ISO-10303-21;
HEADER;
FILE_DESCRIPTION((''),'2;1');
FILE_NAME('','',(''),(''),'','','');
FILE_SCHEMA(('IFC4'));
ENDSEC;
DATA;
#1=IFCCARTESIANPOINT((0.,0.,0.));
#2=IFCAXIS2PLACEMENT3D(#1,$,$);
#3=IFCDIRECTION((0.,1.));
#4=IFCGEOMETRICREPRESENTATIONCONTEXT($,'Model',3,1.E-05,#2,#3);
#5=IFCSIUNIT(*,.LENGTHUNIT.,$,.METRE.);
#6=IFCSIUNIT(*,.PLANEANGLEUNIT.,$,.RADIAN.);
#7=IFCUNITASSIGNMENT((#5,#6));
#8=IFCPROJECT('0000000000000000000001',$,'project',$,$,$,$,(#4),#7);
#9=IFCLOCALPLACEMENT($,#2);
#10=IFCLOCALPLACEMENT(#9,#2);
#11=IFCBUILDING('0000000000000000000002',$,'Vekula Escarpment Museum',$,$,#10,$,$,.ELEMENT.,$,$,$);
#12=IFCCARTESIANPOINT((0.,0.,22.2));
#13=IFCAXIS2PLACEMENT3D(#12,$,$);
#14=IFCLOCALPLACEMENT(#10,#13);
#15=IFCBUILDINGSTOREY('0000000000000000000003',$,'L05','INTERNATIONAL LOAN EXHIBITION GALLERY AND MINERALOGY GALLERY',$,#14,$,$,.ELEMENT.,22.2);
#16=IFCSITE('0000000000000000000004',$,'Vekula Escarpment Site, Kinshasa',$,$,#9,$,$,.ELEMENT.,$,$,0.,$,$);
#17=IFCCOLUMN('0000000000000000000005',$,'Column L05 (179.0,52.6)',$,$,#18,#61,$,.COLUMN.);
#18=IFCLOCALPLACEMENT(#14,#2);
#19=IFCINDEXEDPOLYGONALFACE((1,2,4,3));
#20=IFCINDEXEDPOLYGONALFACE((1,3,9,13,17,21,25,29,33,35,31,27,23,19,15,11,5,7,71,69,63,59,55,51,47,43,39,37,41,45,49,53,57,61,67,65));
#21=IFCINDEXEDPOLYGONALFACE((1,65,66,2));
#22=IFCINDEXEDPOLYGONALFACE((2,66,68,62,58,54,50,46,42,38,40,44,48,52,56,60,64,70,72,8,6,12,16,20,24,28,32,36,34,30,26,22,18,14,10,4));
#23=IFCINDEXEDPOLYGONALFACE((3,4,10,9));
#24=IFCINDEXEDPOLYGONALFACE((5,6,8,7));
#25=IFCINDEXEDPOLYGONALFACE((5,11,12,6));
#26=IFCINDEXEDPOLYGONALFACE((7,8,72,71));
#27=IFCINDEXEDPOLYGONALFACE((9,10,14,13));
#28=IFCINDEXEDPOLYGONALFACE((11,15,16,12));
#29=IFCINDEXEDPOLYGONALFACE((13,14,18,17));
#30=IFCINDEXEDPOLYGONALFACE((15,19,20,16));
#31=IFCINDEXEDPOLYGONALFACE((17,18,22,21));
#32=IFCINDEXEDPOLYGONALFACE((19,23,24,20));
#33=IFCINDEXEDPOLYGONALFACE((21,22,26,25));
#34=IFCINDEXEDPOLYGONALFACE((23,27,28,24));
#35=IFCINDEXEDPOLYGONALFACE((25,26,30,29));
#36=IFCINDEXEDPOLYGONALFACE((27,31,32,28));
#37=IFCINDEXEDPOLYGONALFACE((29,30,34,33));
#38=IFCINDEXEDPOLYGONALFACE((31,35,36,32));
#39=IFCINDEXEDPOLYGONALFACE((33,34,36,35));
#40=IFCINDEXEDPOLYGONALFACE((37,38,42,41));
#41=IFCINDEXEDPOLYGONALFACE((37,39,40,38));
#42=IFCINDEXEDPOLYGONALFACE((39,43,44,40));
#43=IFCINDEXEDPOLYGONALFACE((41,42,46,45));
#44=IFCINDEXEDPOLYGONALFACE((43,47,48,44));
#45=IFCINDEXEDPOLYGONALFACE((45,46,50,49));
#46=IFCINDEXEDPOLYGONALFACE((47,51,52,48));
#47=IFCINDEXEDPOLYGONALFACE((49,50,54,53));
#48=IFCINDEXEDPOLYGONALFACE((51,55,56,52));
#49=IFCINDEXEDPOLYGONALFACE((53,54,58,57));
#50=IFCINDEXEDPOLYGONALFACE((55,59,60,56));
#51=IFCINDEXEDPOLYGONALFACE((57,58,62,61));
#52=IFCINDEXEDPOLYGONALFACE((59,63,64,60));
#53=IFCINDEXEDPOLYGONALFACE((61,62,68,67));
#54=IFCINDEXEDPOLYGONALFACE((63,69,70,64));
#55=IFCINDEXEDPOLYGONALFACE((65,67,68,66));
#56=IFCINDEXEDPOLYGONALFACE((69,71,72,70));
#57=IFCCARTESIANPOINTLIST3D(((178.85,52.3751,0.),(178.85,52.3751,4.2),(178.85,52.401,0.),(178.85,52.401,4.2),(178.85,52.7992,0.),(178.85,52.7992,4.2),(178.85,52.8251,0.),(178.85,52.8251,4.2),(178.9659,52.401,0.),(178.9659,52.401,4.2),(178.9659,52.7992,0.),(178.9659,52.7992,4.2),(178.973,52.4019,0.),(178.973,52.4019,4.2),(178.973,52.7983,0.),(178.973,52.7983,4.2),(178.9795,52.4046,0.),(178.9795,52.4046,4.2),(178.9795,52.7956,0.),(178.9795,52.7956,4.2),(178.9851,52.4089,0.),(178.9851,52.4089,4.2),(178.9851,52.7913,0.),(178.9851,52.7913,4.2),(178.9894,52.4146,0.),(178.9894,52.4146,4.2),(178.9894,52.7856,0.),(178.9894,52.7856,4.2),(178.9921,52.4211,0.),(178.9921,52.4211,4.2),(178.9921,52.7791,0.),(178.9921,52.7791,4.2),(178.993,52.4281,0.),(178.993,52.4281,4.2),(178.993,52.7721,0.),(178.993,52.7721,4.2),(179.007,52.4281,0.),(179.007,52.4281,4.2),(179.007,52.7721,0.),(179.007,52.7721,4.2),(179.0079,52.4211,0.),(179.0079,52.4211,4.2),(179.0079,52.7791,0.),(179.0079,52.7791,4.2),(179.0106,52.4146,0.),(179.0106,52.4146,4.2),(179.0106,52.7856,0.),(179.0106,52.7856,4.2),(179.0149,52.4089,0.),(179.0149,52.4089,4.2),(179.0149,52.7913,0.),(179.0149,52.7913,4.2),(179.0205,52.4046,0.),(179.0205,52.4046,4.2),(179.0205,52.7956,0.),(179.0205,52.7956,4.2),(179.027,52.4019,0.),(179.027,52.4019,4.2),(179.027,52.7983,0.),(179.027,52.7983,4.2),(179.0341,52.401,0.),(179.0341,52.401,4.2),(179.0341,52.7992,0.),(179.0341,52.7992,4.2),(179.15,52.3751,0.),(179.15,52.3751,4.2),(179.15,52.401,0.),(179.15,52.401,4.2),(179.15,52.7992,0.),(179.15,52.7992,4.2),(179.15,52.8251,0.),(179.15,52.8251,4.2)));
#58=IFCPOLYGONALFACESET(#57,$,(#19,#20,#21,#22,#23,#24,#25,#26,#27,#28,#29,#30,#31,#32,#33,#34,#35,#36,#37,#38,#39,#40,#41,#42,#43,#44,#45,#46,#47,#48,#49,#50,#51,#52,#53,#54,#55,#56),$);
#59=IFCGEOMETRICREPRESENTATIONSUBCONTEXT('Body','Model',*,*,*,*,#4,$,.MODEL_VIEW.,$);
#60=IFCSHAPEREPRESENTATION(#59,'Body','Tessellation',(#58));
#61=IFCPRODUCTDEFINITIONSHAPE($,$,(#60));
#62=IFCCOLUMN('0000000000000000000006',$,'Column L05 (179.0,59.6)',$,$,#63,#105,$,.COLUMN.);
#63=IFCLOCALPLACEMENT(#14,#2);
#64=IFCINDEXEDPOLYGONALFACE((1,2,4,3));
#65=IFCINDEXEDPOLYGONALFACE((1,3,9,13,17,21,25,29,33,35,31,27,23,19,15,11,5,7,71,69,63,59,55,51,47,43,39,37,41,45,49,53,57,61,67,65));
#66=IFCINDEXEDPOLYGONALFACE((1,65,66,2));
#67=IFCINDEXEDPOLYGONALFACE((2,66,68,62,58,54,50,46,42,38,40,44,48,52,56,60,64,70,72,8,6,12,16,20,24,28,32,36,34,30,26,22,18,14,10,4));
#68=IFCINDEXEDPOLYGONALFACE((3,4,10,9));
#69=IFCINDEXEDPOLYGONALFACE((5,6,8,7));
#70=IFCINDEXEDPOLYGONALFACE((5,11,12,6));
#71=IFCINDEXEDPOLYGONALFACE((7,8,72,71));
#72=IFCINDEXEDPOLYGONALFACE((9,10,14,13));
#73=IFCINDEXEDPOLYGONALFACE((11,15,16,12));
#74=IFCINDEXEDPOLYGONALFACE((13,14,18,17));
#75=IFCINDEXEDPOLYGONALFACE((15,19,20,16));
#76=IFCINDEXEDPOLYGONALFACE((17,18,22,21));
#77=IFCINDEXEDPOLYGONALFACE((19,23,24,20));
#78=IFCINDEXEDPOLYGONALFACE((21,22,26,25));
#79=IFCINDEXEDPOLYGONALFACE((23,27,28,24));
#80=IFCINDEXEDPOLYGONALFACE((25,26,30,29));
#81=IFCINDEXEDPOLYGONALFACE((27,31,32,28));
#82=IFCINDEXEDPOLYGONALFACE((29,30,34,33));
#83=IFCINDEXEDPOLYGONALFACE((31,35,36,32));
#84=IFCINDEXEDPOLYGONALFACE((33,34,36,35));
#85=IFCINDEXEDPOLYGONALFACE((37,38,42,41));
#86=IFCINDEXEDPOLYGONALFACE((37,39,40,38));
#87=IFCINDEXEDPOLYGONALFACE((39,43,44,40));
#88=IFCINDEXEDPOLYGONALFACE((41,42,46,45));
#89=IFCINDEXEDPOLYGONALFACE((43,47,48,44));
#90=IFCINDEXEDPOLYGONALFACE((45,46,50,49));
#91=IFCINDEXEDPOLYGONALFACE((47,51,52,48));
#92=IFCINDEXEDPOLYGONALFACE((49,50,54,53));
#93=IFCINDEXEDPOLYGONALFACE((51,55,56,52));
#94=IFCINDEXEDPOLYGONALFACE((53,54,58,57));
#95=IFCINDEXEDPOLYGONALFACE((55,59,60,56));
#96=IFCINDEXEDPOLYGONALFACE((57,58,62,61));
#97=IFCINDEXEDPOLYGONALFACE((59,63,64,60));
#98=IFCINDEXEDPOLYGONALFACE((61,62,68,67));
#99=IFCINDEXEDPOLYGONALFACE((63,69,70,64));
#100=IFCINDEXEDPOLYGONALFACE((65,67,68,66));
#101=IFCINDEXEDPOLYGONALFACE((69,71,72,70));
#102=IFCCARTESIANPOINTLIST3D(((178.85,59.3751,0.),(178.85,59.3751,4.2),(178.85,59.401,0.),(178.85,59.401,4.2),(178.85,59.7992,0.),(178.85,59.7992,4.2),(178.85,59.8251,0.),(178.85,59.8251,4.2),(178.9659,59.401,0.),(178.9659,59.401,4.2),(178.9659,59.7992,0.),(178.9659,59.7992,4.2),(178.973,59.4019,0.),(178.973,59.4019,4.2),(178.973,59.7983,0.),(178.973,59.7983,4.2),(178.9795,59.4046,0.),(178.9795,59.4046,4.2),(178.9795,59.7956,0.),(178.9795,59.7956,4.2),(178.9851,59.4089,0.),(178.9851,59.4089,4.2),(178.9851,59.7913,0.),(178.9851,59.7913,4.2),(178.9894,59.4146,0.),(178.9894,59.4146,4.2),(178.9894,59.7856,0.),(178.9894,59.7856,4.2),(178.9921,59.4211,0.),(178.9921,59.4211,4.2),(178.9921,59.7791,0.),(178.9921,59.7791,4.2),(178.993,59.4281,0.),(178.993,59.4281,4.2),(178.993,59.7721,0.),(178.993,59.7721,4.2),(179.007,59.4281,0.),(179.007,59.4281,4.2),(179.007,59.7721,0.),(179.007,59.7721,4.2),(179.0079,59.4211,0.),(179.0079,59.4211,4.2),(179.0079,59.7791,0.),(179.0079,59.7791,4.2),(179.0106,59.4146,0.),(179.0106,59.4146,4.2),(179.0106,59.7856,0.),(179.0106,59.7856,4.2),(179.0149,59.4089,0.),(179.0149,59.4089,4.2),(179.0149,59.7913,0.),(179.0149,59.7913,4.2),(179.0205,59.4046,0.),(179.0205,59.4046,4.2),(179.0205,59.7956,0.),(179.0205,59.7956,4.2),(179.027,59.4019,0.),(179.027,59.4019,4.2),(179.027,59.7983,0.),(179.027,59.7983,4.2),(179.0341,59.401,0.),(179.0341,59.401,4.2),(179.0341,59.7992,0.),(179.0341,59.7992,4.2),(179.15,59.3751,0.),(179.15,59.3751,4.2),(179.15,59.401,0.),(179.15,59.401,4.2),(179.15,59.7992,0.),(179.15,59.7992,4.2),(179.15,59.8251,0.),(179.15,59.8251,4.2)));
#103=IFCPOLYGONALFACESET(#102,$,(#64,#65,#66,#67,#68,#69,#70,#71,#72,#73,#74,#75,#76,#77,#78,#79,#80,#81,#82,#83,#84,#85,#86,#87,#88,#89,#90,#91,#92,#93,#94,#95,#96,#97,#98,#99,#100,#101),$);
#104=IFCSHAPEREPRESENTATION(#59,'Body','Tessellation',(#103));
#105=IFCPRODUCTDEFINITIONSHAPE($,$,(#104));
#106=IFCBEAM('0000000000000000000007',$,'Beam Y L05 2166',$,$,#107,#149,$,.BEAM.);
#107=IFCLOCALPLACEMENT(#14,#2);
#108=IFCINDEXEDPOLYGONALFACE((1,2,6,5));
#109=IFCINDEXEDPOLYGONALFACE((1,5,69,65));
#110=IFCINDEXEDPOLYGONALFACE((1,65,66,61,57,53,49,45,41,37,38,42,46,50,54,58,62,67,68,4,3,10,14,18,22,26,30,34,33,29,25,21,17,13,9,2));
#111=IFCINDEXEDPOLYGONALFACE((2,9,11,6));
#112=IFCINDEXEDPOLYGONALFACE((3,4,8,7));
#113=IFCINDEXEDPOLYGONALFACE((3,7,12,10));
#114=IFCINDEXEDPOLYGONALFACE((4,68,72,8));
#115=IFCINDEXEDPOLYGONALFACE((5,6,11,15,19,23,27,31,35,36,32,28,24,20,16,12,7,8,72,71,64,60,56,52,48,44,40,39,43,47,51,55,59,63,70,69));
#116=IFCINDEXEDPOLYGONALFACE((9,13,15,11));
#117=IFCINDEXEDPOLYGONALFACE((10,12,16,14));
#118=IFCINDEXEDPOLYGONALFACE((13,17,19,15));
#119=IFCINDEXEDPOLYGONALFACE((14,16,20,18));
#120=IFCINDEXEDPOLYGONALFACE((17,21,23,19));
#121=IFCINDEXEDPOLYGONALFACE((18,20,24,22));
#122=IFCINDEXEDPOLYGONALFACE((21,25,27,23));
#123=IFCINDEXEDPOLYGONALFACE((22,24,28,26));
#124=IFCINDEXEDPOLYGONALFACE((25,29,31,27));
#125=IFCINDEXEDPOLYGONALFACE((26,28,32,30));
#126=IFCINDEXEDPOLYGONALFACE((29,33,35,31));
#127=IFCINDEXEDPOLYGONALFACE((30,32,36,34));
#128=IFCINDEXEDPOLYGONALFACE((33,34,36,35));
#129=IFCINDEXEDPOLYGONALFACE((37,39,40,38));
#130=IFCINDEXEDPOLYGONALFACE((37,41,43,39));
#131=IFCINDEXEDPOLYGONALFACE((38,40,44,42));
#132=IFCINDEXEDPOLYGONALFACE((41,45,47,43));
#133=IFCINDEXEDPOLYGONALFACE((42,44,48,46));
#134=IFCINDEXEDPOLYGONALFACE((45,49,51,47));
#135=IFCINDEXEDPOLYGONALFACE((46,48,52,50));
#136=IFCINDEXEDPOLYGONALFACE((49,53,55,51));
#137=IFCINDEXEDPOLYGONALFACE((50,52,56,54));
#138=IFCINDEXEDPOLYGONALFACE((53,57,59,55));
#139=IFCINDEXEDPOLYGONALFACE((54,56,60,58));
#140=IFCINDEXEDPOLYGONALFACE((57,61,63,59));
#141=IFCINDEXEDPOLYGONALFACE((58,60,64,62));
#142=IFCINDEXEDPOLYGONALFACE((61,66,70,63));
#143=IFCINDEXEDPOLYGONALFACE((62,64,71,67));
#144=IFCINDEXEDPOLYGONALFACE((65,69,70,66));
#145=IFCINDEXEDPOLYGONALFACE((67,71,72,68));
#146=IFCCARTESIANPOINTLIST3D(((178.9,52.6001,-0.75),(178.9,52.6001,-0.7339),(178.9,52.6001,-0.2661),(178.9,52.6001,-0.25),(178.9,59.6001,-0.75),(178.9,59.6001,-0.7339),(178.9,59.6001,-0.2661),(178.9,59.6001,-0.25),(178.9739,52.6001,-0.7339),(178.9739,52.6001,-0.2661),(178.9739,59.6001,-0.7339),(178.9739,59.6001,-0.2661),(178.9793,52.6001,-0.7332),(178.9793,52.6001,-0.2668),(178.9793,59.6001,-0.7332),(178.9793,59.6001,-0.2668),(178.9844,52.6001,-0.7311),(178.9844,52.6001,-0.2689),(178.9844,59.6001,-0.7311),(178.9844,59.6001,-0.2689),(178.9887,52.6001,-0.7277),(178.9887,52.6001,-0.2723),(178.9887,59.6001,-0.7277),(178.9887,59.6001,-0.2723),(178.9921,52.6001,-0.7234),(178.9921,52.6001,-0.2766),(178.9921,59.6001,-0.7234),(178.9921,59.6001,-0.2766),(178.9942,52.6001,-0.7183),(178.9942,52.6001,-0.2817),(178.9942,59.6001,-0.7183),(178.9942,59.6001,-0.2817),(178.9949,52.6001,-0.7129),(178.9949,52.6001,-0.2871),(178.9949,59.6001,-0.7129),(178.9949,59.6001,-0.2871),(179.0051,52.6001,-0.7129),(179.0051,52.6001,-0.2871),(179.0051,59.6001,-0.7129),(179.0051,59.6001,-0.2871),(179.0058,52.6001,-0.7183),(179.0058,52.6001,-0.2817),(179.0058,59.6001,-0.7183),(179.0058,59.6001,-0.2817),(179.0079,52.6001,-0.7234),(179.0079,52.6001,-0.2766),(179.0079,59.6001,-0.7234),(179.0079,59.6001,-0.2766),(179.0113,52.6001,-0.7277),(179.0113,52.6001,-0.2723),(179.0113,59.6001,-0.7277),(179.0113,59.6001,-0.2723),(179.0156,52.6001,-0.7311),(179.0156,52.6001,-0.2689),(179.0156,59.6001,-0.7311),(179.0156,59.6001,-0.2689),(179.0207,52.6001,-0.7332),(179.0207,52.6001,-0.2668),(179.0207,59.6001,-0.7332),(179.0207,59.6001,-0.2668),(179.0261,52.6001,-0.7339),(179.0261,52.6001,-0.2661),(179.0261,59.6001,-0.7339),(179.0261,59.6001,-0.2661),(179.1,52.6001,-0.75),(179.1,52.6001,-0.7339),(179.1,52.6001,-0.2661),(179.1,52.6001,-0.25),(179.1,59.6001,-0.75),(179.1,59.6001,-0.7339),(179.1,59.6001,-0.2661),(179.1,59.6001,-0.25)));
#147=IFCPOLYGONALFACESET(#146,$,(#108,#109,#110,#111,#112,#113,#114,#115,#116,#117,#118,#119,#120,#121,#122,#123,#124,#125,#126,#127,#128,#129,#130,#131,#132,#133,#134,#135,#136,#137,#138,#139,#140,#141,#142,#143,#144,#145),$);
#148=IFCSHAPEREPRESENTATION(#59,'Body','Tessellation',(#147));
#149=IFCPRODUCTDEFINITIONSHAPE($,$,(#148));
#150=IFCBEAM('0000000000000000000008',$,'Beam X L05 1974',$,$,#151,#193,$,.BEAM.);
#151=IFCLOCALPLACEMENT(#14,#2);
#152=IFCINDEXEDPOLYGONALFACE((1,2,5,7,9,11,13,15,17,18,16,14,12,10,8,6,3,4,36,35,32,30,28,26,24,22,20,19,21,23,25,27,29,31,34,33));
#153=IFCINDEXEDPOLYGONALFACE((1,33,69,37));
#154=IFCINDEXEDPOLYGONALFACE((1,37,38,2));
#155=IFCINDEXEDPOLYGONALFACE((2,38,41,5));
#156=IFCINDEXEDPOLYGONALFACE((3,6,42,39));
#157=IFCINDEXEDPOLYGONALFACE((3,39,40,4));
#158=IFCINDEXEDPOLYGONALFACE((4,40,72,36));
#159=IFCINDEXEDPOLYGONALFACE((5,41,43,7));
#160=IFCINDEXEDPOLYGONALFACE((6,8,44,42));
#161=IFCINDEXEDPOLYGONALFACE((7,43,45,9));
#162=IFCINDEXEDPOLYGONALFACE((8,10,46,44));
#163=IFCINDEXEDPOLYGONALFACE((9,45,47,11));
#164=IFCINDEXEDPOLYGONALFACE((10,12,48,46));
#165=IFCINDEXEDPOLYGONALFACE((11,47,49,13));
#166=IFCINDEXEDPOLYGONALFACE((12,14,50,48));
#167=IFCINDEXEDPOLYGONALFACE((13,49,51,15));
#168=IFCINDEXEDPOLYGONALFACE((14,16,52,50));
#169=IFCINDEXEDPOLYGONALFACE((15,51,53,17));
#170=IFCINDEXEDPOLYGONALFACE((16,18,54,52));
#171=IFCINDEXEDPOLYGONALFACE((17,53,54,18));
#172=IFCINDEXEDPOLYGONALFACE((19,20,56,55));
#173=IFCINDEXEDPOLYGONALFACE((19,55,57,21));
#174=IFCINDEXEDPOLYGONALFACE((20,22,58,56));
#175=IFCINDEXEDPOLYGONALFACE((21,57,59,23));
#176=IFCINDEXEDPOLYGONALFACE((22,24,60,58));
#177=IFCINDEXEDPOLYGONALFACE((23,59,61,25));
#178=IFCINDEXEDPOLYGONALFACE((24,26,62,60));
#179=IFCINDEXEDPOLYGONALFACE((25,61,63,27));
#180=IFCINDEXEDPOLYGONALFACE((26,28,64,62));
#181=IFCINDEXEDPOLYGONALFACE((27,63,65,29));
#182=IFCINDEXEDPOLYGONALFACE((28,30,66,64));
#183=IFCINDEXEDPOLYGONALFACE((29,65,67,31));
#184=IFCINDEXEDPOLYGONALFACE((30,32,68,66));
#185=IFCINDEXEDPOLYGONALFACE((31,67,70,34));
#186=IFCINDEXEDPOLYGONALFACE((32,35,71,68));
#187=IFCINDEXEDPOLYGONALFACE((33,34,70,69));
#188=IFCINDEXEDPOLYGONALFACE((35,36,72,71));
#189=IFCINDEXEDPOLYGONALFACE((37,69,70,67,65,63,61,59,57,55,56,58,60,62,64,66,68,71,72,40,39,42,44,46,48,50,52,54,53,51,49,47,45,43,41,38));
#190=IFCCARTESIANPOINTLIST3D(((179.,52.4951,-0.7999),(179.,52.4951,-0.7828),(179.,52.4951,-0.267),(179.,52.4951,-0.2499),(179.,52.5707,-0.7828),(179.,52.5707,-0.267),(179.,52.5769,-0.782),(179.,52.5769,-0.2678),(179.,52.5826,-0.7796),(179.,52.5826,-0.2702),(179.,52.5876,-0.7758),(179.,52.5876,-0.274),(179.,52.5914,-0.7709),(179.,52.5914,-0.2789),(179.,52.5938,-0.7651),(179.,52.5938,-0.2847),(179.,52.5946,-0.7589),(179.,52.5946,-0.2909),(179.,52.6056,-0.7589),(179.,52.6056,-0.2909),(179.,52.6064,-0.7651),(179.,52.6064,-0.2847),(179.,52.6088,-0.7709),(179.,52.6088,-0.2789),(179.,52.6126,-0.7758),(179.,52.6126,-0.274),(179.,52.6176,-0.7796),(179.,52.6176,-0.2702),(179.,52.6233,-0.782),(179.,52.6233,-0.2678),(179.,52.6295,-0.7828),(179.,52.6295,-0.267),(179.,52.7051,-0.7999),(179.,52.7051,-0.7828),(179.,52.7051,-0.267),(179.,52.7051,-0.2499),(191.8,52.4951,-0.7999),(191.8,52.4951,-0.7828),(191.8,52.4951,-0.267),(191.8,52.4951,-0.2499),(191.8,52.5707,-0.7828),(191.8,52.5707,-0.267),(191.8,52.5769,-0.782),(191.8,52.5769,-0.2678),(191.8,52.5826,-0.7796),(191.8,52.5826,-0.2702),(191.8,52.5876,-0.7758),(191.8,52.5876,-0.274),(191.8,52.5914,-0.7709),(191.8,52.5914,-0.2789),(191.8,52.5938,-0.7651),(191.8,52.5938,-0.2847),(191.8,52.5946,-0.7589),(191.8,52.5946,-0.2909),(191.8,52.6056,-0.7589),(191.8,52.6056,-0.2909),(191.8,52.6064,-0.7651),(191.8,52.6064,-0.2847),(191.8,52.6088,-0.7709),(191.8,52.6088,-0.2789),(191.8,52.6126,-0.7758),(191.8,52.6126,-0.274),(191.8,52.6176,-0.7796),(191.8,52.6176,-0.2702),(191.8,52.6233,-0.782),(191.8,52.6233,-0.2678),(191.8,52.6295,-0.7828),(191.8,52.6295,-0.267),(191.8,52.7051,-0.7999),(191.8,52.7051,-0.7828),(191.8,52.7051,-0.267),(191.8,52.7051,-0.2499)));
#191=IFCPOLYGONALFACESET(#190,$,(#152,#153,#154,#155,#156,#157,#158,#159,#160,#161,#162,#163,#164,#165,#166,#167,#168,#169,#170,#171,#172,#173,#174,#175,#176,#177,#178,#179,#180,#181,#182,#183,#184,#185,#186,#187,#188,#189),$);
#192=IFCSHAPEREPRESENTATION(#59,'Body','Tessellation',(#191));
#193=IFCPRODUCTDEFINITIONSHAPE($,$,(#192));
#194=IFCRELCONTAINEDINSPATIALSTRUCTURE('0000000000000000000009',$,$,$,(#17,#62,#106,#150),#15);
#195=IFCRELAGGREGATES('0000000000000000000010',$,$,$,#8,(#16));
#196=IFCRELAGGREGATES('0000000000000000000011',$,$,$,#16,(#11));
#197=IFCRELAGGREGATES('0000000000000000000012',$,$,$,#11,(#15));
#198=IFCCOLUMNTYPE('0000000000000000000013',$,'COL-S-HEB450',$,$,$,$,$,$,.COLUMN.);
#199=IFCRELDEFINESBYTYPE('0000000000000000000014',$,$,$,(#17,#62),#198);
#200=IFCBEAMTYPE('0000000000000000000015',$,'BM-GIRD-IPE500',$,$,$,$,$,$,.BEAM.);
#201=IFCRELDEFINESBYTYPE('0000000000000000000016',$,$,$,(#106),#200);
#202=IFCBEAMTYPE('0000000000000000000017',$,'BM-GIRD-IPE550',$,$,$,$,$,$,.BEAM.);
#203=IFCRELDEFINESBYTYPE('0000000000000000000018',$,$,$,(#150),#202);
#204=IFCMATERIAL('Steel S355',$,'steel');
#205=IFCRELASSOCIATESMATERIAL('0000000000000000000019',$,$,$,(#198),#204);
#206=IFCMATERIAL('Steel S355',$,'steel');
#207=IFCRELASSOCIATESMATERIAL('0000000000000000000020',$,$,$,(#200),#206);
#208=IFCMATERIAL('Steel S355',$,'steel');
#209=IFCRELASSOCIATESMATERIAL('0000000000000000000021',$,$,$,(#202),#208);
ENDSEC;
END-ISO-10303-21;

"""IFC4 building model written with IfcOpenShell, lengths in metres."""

from ifc_helpers import new_model, si_unit, direction, frame, origin, origin_2d, place, context, subcontext, project, spatial, i_section, extrude, material, material_profile, profile_set, type_object, element, save


model = new_model("IFC4")

# Units and contexts
model_context = context("Model", 3, precision=1e-05, world=origin(), true_north=direction((0.0, 1.0)))
body_context = subcontext(model_context, "Body", "Model", "MODEL_VIEW")
ifc_project = project(units=[si_unit("LENGTHUNIT", "METRE"), si_unit("PLANEANGLEUNIT", "RADIAN")], contexts=[model_context])

# Site, building, storey
site_placement = place(None, origin())
site = spatial("IfcSite", under=ifc_project, at=site_placement, Name="Vekula Escarpment Site, Kinshasa", CompositionType="ELEMENT", RefElevation=0.0)
building_placement = place(site_placement, origin())
building = spatial("IfcBuilding", under=site, at=building_placement, Name="Vekula Escarpment Museum", CompositionType="ELEMENT")
storey_placement = place(building_placement, frame((0.0, 0.0, 22.2)))
storey = spatial("IfcBuildingStorey", under=building, at=storey_placement, Name="L05", Description="INTERNATIONAL LOAN EXHIBITION GALLERY AND MINERALOGY GALLERY", CompositionType="ELEMENT", Elevation=22.2)

# Columns
ifc_material_1 = material(Name="Steel S355", Category="steel")
ifc_material_profile_1 = material_profile(ifc_material_1, i_section(OverallWidth=0.3, OverallDepth=0.45, WebThickness=0.0139, FlangeThickness=0.0259, FilletRadius=0.0271, at=origin_2d()), Name="HEB 450")
ifc_profile_set_1 = profile_set([ifc_material_profile_1], Name="Steel S355")
column_type = type_object("IfcColumnType", Name="COL-S-HEB450", PredefinedType="COLUMN", material=ifc_profile_set_1)
for number, where, z_axis, x_axis, name in (
    (1, (179.0, 52.6001, 0.0), (0.0, 0.0, 1.0), (1.0, 0.0, 0.0), "Column L05 (179.0,52.6)"),
    (2, (179.0, 59.6001, 0.0), (0.0, 0.0, 1.0), (1.0, 0.0, 0.0), "Column L05 (179.0,59.6)"),
):
    element("IfcColumn", number, at=place(storey_placement, frame(where, z_axis=z_axis, x_axis=x_axis)), inside=storey, type_object=column_type, Name=name, PredefinedType="COLUMN", context=body_context, shape_type="SweptSolid", body=[
        extrude(i_section(OverallWidth=0.3, OverallDepth=0.45, WebThickness=0.0139, FlangeThickness=0.0259, FilletRadius=0.0271, at=origin_2d()), origin(), (0.0, 0.0, 1.0), 4.2),
    ])

# Beams
ifc_material_2 = material(Name="Steel S355", Category="steel")
ifc_material_profile_2 = material_profile(ifc_material_2, i_section(OverallWidth=0.2, OverallDepth=0.5, WebThickness=0.0103, FlangeThickness=0.0161, FilletRadius=0.021, at=origin_2d()), Name="IPE 500")
ifc_profile_set_2 = profile_set([ifc_material_profile_2], Name="Steel S355")
beam_type_1 = type_object("IfcBeamType", Name="BM-GIRD-IPE500", PredefinedType="BEAM", material=ifc_profile_set_2)
beam_1_placement = place(storey_placement, frame((179.0, 52.6001, -0.5), z_axis=(0.0, 1.0, 0.0), x_axis=(-1.0, 0.0, 0.0)))
element("IfcBeam", 3, at=beam_1_placement, inside=storey, type_object=beam_type_1, Name="Beam Y L05 2166", PredefinedType="BEAM", context=body_context, shape_type="SweptSolid", body=[
    extrude(i_section(OverallWidth=0.2, OverallDepth=0.5, WebThickness=0.0103, FlangeThickness=0.0161, FilletRadius=0.021, at=origin_2d()), origin(), (0.0, 0.0, 1.0), 7.0),
])
ifc_material_3 = material(Name="Steel S355", Category="steel")
ifc_material_profile_3 = material_profile(ifc_material_3, i_section(OverallWidth=0.21, OverallDepth=0.55, WebThickness=0.011, FlangeThickness=0.0171, FilletRadius=0.0239, at=origin_2d()), Name="IPE 550")
ifc_profile_set_3 = profile_set([ifc_material_profile_3], Name="Steel S355")
beam_type_2 = type_object("IfcBeamType", Name="BM-GIRD-IPE550", PredefinedType="BEAM", material=ifc_profile_set_3)
beam_2_placement = place(storey_placement, frame((179.0, 52.6001, -0.5249), z_axis=(1.0, 0.0, 0.0), x_axis=(0.0, 1.0, 0.0)))
element("IfcBeam", 4, at=beam_2_placement, inside=storey, type_object=beam_type_2, Name="Beam X L05 1974", PredefinedType="BEAM", context=body_context, shape_type="SweptSolid", body=[
    extrude(i_section(OverallWidth=0.21, OverallDepth=0.55, WebThickness=0.011, FlangeThickness=0.0171, FilletRadius=0.0239, at=origin_2d()), origin(), (0.0, 0.0, 1.0), 12.8),
])

save(model, "model.ifc")
